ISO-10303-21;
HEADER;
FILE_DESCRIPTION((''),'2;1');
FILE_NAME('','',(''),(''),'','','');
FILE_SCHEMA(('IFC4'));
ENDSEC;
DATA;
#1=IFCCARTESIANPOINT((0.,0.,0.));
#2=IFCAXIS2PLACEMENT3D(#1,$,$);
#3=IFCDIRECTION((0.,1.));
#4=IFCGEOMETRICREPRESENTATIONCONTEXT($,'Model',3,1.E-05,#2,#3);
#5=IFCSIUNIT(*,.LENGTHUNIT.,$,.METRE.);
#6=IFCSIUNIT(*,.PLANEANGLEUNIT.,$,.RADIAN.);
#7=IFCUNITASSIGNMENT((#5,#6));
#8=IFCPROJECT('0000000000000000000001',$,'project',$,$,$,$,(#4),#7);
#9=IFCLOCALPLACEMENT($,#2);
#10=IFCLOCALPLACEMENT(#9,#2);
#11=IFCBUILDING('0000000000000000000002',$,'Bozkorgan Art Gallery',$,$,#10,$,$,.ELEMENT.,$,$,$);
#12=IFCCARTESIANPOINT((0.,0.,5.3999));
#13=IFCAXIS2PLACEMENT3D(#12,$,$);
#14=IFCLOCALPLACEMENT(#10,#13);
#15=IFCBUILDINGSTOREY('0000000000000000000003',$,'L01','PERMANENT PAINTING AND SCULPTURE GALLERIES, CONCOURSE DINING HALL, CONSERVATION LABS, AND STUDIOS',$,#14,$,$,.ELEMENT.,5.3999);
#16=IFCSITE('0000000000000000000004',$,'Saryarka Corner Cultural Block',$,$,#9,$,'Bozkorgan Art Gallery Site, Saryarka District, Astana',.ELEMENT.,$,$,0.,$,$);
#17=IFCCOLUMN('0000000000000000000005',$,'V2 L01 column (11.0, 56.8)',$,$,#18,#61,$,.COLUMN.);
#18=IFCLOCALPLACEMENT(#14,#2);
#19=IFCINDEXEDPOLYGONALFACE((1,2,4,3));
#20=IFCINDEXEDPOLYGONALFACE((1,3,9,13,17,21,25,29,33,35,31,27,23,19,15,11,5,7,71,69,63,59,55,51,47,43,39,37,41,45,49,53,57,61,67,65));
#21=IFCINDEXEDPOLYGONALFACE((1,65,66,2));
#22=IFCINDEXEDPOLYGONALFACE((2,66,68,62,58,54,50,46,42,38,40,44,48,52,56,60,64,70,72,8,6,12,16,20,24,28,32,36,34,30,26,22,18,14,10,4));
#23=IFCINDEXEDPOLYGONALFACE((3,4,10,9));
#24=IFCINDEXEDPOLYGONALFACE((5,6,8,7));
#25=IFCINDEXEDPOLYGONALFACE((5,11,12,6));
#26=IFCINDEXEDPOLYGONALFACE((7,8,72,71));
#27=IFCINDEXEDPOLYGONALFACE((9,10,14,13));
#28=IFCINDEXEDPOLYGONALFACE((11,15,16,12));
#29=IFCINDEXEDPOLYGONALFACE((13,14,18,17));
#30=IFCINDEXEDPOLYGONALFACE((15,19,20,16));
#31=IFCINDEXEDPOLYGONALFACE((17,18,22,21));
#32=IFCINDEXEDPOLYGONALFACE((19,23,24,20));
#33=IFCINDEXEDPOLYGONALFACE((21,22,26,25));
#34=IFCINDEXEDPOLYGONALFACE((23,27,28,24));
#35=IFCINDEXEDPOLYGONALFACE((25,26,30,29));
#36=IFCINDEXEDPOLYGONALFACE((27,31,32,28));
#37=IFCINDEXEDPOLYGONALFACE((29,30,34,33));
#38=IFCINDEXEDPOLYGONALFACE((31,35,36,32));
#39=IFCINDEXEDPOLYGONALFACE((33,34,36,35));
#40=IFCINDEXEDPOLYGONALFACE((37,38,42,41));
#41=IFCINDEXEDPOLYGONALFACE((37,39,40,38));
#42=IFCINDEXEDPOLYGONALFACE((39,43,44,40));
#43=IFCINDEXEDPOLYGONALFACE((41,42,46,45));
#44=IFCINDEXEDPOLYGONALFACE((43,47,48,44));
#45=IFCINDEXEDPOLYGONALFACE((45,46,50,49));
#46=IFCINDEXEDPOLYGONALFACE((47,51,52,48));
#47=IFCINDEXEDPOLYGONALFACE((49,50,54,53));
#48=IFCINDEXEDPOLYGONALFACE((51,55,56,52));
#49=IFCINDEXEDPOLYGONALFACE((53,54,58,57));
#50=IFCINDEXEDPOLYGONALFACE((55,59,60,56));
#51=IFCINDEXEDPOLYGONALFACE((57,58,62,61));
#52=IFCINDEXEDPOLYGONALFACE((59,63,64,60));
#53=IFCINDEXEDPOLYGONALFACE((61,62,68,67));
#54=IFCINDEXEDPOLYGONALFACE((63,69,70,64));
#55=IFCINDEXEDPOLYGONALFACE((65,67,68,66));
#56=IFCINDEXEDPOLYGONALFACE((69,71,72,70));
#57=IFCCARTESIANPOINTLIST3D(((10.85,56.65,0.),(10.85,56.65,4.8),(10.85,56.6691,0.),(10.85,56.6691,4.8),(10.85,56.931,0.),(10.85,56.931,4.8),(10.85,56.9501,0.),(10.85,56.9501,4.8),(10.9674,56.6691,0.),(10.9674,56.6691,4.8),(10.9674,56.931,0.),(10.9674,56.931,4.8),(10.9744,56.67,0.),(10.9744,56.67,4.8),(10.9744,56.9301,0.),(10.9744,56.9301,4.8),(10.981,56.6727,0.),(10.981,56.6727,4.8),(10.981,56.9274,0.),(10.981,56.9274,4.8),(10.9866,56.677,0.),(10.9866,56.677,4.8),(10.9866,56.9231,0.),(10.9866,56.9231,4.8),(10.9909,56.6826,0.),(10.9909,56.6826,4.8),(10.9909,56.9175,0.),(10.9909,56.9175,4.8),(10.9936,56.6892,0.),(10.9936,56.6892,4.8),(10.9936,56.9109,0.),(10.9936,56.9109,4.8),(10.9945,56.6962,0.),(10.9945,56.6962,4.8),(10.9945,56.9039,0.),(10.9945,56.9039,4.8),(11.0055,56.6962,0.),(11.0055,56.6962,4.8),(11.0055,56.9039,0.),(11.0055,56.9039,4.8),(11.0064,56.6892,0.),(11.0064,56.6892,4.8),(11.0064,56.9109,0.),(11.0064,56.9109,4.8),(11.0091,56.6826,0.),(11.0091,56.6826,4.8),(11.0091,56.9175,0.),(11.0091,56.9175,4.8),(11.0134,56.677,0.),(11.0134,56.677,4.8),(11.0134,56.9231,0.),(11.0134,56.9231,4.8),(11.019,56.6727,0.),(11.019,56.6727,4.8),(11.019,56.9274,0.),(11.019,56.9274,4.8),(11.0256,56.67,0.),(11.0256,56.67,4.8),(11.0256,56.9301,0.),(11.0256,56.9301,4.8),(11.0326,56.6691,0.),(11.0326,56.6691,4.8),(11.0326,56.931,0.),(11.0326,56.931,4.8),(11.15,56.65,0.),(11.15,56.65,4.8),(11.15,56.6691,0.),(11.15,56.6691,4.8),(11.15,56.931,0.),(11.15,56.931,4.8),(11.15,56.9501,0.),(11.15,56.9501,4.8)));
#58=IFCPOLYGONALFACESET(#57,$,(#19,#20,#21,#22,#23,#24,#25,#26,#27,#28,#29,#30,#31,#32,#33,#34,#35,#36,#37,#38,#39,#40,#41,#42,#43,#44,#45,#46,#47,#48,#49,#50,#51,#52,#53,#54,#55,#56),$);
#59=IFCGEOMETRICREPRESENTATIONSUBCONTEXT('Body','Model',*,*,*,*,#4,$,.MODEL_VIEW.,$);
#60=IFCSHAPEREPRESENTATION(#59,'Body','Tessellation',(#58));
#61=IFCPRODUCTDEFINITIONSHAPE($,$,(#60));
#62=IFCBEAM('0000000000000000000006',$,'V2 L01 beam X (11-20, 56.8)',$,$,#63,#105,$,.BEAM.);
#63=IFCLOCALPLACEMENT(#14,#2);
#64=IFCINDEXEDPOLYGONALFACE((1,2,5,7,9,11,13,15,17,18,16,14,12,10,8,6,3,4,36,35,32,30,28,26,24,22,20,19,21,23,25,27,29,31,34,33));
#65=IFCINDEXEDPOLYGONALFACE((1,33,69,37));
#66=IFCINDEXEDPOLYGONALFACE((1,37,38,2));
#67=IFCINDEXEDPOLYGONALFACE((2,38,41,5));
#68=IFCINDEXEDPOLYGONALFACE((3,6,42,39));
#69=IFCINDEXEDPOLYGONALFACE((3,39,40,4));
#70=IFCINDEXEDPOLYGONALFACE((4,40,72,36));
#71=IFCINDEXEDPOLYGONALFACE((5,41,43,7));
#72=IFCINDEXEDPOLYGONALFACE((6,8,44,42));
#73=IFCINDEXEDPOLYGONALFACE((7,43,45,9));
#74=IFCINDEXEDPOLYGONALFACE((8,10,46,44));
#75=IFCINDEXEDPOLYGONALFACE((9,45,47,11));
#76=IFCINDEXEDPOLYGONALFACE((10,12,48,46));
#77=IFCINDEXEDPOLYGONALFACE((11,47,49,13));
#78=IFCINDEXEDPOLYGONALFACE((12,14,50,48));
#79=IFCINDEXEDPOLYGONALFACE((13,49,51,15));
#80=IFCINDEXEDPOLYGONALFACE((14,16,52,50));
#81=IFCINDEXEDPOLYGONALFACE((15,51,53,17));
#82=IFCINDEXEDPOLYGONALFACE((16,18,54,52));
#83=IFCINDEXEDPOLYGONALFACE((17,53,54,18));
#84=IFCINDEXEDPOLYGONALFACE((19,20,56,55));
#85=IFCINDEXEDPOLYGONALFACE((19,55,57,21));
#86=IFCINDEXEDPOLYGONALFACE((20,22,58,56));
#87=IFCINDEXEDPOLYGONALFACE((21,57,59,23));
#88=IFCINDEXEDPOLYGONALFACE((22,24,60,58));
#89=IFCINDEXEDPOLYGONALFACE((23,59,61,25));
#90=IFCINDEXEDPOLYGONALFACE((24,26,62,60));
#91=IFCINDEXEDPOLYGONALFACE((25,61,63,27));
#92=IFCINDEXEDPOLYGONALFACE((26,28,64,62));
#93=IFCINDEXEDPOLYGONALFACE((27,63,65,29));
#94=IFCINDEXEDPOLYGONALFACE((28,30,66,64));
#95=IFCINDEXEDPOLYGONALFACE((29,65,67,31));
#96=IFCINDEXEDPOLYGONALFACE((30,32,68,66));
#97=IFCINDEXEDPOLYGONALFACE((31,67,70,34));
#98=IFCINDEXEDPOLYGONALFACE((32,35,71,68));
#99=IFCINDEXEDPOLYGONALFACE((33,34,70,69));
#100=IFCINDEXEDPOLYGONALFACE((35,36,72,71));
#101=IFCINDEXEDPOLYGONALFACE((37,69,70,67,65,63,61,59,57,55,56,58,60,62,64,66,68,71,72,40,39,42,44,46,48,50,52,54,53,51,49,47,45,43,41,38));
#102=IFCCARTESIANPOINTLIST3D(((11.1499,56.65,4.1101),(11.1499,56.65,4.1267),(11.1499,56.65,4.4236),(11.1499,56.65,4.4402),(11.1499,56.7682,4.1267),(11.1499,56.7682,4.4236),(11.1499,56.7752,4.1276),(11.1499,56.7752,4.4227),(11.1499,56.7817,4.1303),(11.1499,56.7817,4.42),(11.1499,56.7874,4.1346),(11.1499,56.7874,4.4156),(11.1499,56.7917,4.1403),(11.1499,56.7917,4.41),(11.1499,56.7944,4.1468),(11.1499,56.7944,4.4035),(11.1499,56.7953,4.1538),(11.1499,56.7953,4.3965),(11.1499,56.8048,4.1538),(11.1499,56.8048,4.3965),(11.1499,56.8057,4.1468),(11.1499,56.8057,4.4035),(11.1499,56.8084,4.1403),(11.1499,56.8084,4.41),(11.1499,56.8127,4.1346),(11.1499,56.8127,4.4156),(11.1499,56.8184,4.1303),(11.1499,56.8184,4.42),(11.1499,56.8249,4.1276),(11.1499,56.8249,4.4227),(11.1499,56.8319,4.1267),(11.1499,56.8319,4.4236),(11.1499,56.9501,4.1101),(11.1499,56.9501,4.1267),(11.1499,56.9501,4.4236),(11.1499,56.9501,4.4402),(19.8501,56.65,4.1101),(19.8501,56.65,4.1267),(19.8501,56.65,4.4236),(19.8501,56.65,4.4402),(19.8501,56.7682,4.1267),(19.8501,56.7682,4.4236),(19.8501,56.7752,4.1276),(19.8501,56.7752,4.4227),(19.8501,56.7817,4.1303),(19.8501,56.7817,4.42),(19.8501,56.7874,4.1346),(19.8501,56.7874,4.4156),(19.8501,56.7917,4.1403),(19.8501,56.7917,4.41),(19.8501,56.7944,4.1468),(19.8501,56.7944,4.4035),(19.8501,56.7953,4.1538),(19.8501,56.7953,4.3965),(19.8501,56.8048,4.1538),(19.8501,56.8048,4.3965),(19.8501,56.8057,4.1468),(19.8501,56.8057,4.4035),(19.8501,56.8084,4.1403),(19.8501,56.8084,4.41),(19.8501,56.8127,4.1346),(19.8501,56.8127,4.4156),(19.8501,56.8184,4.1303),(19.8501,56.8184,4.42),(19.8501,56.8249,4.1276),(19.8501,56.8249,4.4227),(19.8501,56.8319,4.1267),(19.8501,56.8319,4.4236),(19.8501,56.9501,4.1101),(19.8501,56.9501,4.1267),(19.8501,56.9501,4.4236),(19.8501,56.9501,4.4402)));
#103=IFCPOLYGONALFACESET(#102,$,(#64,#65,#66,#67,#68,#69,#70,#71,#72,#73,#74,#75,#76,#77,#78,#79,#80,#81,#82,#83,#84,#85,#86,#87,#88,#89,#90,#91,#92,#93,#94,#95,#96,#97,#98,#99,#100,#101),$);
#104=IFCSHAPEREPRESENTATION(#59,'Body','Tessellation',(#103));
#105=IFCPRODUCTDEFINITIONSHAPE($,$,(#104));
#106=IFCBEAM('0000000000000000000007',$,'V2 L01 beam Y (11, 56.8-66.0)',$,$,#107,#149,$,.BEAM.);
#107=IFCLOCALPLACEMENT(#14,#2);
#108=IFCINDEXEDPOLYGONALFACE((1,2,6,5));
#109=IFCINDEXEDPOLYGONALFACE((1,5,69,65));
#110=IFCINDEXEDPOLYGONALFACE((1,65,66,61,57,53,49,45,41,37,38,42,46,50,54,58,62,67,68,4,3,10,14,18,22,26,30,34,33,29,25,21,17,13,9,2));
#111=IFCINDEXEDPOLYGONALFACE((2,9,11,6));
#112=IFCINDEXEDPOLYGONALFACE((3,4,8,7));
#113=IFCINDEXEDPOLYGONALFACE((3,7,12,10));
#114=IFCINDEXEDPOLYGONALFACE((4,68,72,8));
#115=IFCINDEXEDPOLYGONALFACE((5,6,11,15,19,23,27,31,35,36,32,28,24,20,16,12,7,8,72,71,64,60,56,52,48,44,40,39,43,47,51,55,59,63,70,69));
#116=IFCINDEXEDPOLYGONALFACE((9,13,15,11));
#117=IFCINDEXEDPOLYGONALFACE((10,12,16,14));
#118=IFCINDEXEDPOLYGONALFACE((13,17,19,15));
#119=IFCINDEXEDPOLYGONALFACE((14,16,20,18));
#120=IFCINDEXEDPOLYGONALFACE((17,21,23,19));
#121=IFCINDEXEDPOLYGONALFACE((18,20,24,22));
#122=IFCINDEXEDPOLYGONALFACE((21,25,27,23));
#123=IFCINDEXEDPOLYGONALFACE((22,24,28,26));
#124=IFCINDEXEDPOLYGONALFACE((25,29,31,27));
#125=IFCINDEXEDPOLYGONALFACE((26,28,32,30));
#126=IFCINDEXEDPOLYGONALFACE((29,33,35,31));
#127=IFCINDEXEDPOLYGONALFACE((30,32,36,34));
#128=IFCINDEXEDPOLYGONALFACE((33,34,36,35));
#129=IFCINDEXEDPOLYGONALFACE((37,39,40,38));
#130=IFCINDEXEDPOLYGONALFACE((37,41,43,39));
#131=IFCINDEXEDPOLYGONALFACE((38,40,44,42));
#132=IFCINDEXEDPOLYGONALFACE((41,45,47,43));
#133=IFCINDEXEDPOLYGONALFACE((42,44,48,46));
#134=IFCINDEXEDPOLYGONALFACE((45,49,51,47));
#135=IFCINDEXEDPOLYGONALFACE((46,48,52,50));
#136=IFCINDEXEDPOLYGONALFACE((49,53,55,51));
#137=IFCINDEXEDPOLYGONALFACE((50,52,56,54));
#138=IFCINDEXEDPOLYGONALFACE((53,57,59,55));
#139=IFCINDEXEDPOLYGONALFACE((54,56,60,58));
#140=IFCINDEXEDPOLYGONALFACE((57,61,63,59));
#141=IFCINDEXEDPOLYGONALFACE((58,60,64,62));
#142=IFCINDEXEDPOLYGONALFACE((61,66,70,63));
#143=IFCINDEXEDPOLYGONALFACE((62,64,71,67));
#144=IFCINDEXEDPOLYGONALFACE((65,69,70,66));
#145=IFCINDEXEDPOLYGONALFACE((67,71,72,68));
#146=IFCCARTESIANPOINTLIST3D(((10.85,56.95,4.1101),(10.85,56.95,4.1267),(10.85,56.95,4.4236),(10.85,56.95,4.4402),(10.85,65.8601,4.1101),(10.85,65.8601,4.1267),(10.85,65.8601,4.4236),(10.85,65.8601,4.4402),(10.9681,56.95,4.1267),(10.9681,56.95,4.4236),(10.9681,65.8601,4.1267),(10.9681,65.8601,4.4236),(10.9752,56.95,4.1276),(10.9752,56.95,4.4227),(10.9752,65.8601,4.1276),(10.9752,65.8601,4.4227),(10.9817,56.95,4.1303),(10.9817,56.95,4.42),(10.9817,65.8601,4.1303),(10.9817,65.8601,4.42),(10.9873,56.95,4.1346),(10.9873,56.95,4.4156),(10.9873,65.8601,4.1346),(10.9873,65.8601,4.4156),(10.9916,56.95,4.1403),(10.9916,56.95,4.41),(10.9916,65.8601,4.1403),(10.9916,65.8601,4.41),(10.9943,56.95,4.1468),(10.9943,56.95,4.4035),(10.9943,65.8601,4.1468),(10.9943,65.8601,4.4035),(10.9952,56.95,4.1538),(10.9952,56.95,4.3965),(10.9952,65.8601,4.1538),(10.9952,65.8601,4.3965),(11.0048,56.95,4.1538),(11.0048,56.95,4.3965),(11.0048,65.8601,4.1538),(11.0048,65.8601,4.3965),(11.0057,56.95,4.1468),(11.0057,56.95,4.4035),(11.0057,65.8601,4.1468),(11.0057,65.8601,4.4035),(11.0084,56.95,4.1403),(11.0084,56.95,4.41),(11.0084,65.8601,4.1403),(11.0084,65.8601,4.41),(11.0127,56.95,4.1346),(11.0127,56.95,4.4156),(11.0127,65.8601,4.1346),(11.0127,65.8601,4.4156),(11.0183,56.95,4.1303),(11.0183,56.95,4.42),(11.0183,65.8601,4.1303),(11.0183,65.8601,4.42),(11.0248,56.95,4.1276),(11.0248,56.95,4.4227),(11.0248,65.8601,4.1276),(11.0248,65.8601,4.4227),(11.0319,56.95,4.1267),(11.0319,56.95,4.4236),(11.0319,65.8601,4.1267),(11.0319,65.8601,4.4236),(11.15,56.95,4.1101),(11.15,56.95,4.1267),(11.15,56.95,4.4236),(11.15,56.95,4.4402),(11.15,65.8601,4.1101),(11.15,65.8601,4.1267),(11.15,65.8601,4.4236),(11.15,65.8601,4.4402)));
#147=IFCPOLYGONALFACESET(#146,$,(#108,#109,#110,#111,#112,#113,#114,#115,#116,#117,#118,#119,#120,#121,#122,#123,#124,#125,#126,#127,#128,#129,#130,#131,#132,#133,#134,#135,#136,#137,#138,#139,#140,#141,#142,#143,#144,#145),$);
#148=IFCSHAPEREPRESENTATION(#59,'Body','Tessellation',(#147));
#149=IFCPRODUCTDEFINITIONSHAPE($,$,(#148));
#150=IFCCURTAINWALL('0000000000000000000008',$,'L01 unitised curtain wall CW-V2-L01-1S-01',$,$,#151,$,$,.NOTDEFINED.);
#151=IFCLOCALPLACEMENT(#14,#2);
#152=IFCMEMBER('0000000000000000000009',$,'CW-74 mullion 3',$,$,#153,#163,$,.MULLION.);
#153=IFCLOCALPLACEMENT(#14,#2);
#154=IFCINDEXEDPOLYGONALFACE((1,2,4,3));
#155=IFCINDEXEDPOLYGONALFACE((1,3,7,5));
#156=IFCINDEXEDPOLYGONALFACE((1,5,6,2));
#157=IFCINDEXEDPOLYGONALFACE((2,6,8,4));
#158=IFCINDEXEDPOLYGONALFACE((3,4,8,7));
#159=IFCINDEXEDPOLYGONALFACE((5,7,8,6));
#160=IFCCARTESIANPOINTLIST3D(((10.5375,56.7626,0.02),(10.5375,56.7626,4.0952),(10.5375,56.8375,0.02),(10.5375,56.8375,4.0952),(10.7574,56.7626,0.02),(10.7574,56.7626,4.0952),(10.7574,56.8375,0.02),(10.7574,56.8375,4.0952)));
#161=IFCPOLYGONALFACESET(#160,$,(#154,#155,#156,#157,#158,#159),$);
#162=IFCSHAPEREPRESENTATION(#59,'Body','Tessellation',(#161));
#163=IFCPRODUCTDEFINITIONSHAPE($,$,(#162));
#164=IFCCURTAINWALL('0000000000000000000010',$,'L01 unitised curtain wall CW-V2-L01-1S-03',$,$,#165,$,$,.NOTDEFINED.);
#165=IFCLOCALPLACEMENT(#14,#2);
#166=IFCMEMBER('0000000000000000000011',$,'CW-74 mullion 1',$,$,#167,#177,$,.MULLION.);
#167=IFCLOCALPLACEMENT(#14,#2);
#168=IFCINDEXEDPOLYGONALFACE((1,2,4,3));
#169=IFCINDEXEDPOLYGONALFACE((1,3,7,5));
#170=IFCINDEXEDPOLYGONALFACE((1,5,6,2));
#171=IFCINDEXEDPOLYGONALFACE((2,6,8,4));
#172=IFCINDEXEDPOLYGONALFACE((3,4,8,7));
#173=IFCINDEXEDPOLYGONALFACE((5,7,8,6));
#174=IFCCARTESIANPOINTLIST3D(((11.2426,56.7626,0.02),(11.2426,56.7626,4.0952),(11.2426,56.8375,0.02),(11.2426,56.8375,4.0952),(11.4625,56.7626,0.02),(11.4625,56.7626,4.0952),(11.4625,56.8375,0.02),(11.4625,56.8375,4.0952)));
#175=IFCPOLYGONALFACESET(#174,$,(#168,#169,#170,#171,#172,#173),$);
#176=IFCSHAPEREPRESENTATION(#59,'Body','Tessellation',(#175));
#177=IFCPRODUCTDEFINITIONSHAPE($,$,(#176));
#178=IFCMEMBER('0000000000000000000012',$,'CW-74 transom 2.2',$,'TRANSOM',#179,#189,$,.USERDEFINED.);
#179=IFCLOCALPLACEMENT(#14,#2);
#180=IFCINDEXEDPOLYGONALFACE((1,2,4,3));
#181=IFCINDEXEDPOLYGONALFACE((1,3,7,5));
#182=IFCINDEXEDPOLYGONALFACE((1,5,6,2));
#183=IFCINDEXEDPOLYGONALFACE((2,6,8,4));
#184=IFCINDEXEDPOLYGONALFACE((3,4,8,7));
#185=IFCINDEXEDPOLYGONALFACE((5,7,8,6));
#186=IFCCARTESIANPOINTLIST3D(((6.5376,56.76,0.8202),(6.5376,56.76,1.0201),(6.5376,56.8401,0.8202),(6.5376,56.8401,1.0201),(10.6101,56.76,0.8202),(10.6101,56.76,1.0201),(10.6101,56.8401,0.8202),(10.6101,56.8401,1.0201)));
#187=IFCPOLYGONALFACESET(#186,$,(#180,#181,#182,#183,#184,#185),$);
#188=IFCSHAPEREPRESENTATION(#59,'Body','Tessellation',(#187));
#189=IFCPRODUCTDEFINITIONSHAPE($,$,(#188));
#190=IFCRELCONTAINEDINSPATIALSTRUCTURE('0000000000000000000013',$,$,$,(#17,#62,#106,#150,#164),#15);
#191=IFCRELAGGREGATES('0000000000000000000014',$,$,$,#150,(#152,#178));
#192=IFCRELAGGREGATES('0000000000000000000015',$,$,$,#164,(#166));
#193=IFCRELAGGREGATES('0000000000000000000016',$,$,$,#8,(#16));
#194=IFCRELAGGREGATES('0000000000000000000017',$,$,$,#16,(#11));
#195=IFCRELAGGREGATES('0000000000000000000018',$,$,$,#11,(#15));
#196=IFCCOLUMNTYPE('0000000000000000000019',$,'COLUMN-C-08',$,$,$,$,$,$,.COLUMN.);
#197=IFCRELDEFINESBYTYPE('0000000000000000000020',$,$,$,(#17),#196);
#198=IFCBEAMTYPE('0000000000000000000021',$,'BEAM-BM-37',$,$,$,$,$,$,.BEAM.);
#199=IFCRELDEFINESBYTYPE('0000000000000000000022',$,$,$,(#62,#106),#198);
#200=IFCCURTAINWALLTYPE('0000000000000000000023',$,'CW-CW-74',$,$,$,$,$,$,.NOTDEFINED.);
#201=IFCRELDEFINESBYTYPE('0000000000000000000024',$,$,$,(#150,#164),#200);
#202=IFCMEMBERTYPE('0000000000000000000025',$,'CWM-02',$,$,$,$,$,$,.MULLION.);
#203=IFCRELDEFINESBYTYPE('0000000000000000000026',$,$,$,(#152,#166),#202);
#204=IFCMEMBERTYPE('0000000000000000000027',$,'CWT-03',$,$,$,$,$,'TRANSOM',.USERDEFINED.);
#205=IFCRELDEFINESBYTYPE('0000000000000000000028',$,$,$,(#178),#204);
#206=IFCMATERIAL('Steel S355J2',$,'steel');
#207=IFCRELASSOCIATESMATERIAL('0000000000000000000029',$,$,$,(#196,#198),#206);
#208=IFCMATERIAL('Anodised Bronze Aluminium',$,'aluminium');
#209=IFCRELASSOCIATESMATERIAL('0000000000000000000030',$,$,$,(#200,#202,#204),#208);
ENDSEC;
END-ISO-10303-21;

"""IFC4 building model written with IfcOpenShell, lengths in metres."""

from ifc_helpers import new_model, si_unit, direction, frame, origin, origin_2d, place, context, subcontext, project, spatial, rectangle, i_section, extrude, material, material_profile, profile_set, type_object, element, aggregate, save


model = new_model("IFC4")

# Units and contexts
model_context = context("Model", 3, precision=1e-05, world=origin(), true_north=direction((0.0, 1.0)))
body_context = subcontext(model_context, "Body", "Model", "MODEL_VIEW")
ifc_project = project(units=[si_unit("LENGTHUNIT", "METRE"), si_unit("PLANEANGLEUNIT", "RADIAN")], contexts=[model_context])

# Site, building, storey
site_placement = place(None, origin())
site = spatial("IfcSite", under=ifc_project, at=site_placement, Name="Saryarka Corner Cultural Block", LongName="Bozkorgan Art Gallery Site, Saryarka District, Astana", CompositionType="ELEMENT", RefElevation=0.0)
building_placement = place(site_placement, origin())
building = spatial("IfcBuilding", under=site, at=building_placement, Name="Bozkorgan Art Gallery", CompositionType="ELEMENT")
storey_placement = place(building_placement, frame((0.0, 0.0, 5.3999)))
storey = spatial("IfcBuildingStorey", under=building, at=storey_placement, Name="L01", Description="PERMANENT PAINTING AND SCULPTURE GALLERIES, CONCOURSE DINING HALL, CONSERVATION LABS, AND STUDIOS", CompositionType="ELEMENT", Elevation=5.3999)

# Column
ifc_material_1 = material(Name="Steel S355J2", Category="steel")
ifc_material_profile_1 = material_profile(ifc_material_1, i_section(OverallWidth=0.3, OverallDepth=0.3, WebThickness=0.011, FlangeThickness=0.019, FilletRadius=0.0271, at=origin_2d()), Name="HEB 300")
ifc_profile_set_1 = profile_set([ifc_material_profile_1], Name="Steel S355J2")
column_type = type_object("IfcColumnType", Name="COLUMN-C-08", PredefinedType="COLUMN", material=ifc_profile_set_1)
column_placement = place(storey_placement, frame((11.0, 56.8, 0.0), z_axis=(0.0, 0.0, 1.0), x_axis=(1.0, 0.0, 0.0)))
element("IfcColumn", 1, at=column_placement, inside=storey, type_object=column_type, Name="V2 L01 column (11.0, 56.8)", PredefinedType="COLUMN", context=body_context, shape_type="SweptSolid", body=[
    extrude(i_section(OverallWidth=0.3, OverallDepth=0.3, WebThickness=0.011, FlangeThickness=0.019, FilletRadius=0.0271, at=origin_2d()), origin(), (0.0, 0.0, 1.0), 4.8),
])

# Beams
ifc_material_profile_2 = material_profile(ifc_material_1, i_section(OverallWidth=0.3, OverallDepth=0.3301, WebThickness=0.0095, FlangeThickness=0.0166, FilletRadius=0.0271, at=origin_2d()), Name="HEA 340")
ifc_profile_set_2 = profile_set([ifc_material_profile_2], Name="Steel S355J2")
beam_type = type_object("IfcBeamType", Name="BEAM-BM-37", PredefinedType="BEAM", material=ifc_profile_set_2)
beam_1_placement = place(storey_placement, frame((11.1499, 56.8, 4.2751), z_axis=(1.0, 0.0, 0.0), x_axis=(0.0, 1.0, 0.0)))
element("IfcBeam", 2, at=beam_1_placement, inside=storey, type_object=beam_type, Name="V2 L01 beam X (11-20, 56.8)", PredefinedType="BEAM", context=body_context, shape_type="SweptSolid", body=[
    extrude(i_section(OverallWidth=0.3, OverallDepth=0.3301, WebThickness=0.0095, FlangeThickness=0.0166, FilletRadius=0.0271, at=origin_2d()), origin(), (0.0, 0.0, 1.0), 8.7002),
])
beam_2_placement = place(storey_placement, frame((11.0, 56.95, 4.2751), z_axis=(0.0, 1.0, 0.0), x_axis=(-1.0, 0.0, 0.0)))
element("IfcBeam", 3, at=beam_2_placement, inside=storey, type_object=beam_type, Name="V2 L01 beam Y (11, 56.8-66.0)", PredefinedType="BEAM", context=body_context, shape_type="SweptSolid", body=[
    extrude(i_section(OverallWidth=0.3, OverallDepth=0.3301, WebThickness=0.0095, FlangeThickness=0.0166, FilletRadius=0.0271, at=origin_2d()), origin(), (0.0, 0.0, 1.0), 8.9102),
])

# Curtain walls, members
ifc_material_2 = material(Name="Anodised Bronze Aluminium", Category="aluminium")
curtain_wall_type = type_object("IfcCurtainWallType", Name="CW-CW-74", PredefinedType="NOTDEFINED", material=ifc_material_2)
curtain_wall_1_placement = place(storey_placement, origin())
curtain_wall_1 = element("IfcCurtainWall", 4, at=curtain_wall_1_placement, inside=storey, type_object=curtain_wall_type, Name="L01 unitised curtain wall CW-V2-L01-1S-01", PredefinedType="NOTDEFINED")
ifc_material_profile_3 = material_profile(ifc_material_2, rectangle(XDim=0.075, YDim=0.22, at=origin_2d()), Name="ALU MULLION 75x220")
ifc_profile_set_3 = profile_set([ifc_material_profile_3], Name="Anodised Bronze Aluminium")
member_type_1 = type_object("IfcMemberType", Name="CWM-02", PredefinedType="MULLION", material=ifc_profile_set_3)
member_1_placement = place(storey_placement, frame((10.6475, 56.8, 0.02), z_axis=(0.0, 0.0, 1.0), x_axis=(0.0, 1.0, 0.0)))
member_1 = element("IfcMember", 5, at=member_1_placement, type_object=member_type_1, Name="CW-74 mullion 3", PredefinedType="MULLION", context=body_context, shape_type="SweptSolid", body=[
    extrude(rectangle(XDim=0.075, YDim=0.22, at=origin_2d()), origin(), (0.0, 0.0, 1.0), 4.0752),
])
curtain_wall_2_placement = place(storey_placement, origin())
curtain_wall_2 = element("IfcCurtainWall", 6, at=curtain_wall_2_placement, inside=storey, type_object=curtain_wall_type, Name="L01 unitised curtain wall CW-V2-L01-1S-03", PredefinedType="NOTDEFINED")
member_2_placement = place(storey_placement, frame((11.3525, 56.8, 0.02), z_axis=(0.0, 0.0, 1.0), x_axis=(0.0, 1.0, 0.0)))
member_2 = element("IfcMember", 7, at=member_2_placement, type_object=member_type_1, Name="CW-74 mullion 1", PredefinedType="MULLION", context=body_context, shape_type="SweptSolid", body=[
    extrude(rectangle(XDim=0.075, YDim=0.22, at=origin_2d()), origin(), (0.0, 0.0, 1.0), 4.0752),
])

# Member
ifc_material_profile_4 = material_profile(ifc_material_2, rectangle(XDim=0.0801, YDim=0.2, at=origin_2d()), Name="ALU TRANSOM 80x200")
ifc_profile_set_4 = profile_set([ifc_material_profile_4], Name="Anodised Bronze Aluminium")
member_type_2 = type_object("IfcMemberType", Name="CWT-03", ElementType="TRANSOM", PredefinedType="USERDEFINED", material=ifc_profile_set_4)
member_3_placement = place(storey_placement, frame((6.5376, 56.8, 0.9202), z_axis=(1.0, 0.0, 0.0), x_axis=(0.0, 1.0, 0.0)))
member_3 = element("IfcMember", 8, at=member_3_placement, type_object=member_type_2, Name="CW-74 transom 2.2", ObjectType="TRANSOM", PredefinedType="USERDEFINED", context=body_context, shape_type="SweptSolid", body=[
    extrude(rectangle(XDim=0.0801, YDim=0.2, at=origin_2d()), origin(), (0.0, 0.0, 1.0), 4.0725),
])

aggregate(curtain_wall_1, [member_1, member_3])
aggregate(curtain_wall_2, [member_2])

save(model, "model.ifc")
